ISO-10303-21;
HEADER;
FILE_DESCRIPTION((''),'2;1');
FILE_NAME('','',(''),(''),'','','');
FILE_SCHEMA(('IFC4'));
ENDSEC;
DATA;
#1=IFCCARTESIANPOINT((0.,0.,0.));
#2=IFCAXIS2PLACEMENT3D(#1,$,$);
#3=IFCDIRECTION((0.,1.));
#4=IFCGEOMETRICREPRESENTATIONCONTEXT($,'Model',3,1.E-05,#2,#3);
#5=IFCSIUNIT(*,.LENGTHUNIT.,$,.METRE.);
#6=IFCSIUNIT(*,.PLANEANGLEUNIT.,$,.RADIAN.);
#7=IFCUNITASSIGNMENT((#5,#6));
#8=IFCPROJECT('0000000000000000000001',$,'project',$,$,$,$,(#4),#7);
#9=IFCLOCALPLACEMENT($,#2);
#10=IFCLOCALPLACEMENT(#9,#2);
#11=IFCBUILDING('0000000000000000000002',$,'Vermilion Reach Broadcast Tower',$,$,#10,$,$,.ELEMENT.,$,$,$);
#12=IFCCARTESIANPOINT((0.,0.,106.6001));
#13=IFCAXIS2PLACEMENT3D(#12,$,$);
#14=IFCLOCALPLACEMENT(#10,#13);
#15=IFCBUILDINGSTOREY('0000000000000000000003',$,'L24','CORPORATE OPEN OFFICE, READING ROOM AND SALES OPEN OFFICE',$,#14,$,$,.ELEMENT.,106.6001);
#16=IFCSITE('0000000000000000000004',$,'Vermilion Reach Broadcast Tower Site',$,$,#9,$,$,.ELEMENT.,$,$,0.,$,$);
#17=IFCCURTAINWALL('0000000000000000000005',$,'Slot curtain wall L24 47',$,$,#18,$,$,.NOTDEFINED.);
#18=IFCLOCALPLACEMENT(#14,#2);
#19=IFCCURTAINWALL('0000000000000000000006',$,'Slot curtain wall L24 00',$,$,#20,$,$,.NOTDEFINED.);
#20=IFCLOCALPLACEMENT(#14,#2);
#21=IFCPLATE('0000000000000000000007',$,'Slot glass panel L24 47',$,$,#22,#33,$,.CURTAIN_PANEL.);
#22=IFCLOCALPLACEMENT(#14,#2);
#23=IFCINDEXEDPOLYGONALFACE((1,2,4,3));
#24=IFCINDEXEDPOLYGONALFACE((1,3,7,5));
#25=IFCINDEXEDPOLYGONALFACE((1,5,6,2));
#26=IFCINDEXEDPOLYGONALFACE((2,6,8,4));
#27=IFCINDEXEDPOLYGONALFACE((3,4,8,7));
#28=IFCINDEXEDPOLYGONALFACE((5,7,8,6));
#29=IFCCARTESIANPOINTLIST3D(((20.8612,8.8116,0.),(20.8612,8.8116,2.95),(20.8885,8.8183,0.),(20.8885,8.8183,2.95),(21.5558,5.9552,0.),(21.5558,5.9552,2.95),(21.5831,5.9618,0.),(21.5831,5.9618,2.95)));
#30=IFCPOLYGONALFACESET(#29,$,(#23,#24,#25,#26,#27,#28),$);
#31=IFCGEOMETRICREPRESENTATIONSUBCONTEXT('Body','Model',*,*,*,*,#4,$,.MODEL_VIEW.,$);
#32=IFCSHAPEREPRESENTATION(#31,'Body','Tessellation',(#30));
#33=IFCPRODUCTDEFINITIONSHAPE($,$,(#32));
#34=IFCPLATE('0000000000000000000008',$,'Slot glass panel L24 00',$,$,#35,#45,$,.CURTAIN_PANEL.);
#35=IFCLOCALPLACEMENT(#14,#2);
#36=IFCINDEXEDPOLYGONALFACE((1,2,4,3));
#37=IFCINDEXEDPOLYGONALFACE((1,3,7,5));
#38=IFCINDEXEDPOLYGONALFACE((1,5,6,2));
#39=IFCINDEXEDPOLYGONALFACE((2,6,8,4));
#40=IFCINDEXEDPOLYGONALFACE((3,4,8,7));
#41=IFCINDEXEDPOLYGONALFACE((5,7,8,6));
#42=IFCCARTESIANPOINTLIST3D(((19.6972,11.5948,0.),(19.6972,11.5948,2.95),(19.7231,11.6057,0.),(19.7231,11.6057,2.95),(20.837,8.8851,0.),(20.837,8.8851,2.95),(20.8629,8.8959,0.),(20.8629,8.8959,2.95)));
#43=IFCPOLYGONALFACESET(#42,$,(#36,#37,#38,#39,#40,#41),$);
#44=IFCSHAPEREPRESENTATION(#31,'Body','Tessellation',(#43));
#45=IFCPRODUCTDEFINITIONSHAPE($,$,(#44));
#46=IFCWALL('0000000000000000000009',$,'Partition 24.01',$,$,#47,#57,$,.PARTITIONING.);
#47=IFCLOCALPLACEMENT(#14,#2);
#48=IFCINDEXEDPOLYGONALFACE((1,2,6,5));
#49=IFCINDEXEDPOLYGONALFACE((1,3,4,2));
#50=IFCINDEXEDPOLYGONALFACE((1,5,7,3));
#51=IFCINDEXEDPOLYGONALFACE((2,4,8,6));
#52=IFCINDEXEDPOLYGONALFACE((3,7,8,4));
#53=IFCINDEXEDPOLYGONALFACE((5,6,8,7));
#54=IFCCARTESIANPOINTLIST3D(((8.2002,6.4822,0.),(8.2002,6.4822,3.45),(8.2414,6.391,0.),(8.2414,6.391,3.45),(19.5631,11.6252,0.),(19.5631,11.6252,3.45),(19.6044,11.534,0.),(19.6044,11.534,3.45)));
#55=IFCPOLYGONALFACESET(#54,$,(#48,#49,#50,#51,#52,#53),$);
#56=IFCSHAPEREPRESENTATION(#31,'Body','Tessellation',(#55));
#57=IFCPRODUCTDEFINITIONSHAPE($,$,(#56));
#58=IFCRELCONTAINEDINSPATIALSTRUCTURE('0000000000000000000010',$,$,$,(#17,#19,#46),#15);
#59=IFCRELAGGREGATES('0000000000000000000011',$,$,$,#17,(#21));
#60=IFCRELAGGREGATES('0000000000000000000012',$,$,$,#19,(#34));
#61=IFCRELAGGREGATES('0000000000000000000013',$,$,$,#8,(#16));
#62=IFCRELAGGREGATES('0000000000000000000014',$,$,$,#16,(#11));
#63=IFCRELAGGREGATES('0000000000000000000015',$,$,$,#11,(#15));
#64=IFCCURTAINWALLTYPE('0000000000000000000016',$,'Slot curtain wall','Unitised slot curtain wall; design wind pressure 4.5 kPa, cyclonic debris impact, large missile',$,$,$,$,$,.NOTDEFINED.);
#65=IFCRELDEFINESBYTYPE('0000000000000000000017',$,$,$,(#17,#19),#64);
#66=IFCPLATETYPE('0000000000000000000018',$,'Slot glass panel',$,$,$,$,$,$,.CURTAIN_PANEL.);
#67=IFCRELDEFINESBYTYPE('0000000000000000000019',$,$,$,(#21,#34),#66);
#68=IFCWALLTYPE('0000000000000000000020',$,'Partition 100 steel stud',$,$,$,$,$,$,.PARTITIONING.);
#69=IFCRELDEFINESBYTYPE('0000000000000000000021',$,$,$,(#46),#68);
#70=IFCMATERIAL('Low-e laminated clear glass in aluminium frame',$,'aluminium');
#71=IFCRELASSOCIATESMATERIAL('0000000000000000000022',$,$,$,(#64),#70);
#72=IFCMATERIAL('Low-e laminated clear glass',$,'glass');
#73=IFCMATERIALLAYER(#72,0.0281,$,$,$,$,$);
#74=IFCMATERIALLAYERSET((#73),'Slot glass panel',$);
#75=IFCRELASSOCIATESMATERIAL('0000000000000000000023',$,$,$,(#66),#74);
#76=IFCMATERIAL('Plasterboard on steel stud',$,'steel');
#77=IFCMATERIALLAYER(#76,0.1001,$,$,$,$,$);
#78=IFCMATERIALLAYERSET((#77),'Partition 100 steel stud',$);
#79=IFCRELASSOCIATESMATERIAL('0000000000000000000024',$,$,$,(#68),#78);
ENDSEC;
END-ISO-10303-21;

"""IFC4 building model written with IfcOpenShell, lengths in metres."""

from ifc_helpers import new_model, si_unit, direction, frame, frame_2d, origin, origin_2d, place, context, subcontext, project, spatial, rectangle, extrude, material, layer, layer_set, type_object, element, aggregate, save


model = new_model("IFC4")

# Units and contexts
model_context = context("Model", 3, precision=1e-05, world=origin(), true_north=direction((0.0, 1.0)))
body_context = subcontext(model_context, "Body", "Model", "MODEL_VIEW")
ifc_project = project(units=[si_unit("LENGTHUNIT", "METRE"), si_unit("PLANEANGLEUNIT", "RADIAN")], contexts=[model_context])

# Site, building, storey
site_placement = place(None, origin())
site = spatial("IfcSite", under=ifc_project, at=site_placement, Name="Vermilion Reach Broadcast Tower Site", CompositionType="ELEMENT", RefElevation=0.0)
building_placement = place(site_placement, origin())
building = spatial("IfcBuilding", under=site, at=building_placement, Name="Vermilion Reach Broadcast Tower", CompositionType="ELEMENT")
storey_placement = place(building_placement, frame((0.0, 0.0, 106.6001)))
storey = spatial("IfcBuildingStorey", under=building, at=storey_placement, Name="L24", Description="CORPORATE OPEN OFFICE, READING ROOM AND SALES OPEN OFFICE", CompositionType="ELEMENT", Elevation=106.6001)

# Curtain walls
ifc_material_1 = material(Name="Low-e laminated clear glass in aluminium frame", Category="aluminium")
curtain_wall_type = type_object("IfcCurtainWallType", Name="Slot curtain wall", Description="Unitised slot curtain wall; design wind pressure 4.5 kPa, cyclonic debris impact, large missile", PredefinedType="NOTDEFINED", material=ifc_material_1)
placement = place(storey_placement, origin())
curtain_wall_1 = element("IfcCurtainWall", 1, at=placement, inside=storey, type_object=curtain_wall_type, Name="Slot curtain wall L24 47", PredefinedType="NOTDEFINED")
curtain_wall_2 = element("IfcCurtainWall", 2, at=placement, inside=storey, type_object=curtain_wall_type, Name="Slot curtain wall L24 00", PredefinedType="NOTDEFINED")

# Plates
ifc_material_2 = material(Name="Low-e laminated clear glass", Category="glass")
ifc_layer_1 = layer(ifc_material_2, 0.0281)
ifc_layer_set_1 = layer_set([ifc_layer_1], Name="Slot glass panel")
plate_type = type_object("IfcPlateType", Name="Slot glass panel", PredefinedType="CURTAIN_PANEL", material=ifc_layer_set_1)
plate_1_placement = place(storey_placement, frame((21.2222, 7.3867, 0.0), z_axis=(0.0, 0.0, 1.0), x_axis=(-0.236275, 0.971686, 0.0)))
plate_1 = element("IfcPlate", 3, at=plate_1_placement, type_object=plate_type, Name="Slot glass panel L24 47", PredefinedType="CURTAIN_PANEL", context=body_context, shape_type="SweptSolid", body=[
    extrude(rectangle(XDim=2.9397, YDim=0.0281, at=origin_2d()), origin(), (0.0, 0.0, 1.0), 2.95),
])
aggregate(curtain_wall_1, [plate_1])
plate_2_placement = place(storey_placement, frame((20.28, 10.2454, 0.0), z_axis=(0.0, 0.0, 1.0), x_axis=(-0.387728, 0.921774, 0.0)))
plate_2 = element("IfcPlate", 4, at=plate_2_placement, type_object=plate_type, Name="Slot glass panel L24 00", PredefinedType="CURTAIN_PANEL", context=body_context, shape_type="SweptSolid", body=[
    extrude(rectangle(XDim=2.9397, YDim=0.0281, at=origin_2d()), origin(), (0.0, 0.0, 1.0), 2.95),
])
aggregate(curtain_wall_2, [plate_2])

# Wall
ifc_material_3 = material(Name="Plasterboard on steel stud", Category="steel")
ifc_layer_2 = layer(ifc_material_3, 0.1001)
ifc_layer_set_2 = layer_set([ifc_layer_2], Name="Partition 100 steel stud")
wall_type = type_object("IfcWallType", Name="Partition 100 steel stud", PredefinedType="PARTITIONING", material=ifc_layer_set_2)
wall_placement = place(storey_placement, frame((19.5837, 11.5796, 0.0), z_axis=(0.0, 0.0, 1.0), x_axis=(-0.911028, -0.412344, 0.0)))
element("IfcWall", 5, at=wall_placement, inside=storey, type_object=wall_type, Name="Partition 24.01", PredefinedType="PARTITIONING", context=body_context, shape_type="SweptSolid", body=[
    extrude(rectangle(XDim=12.4727, YDim=0.1001, at=frame_2d((6.2363, 0.0))), origin(), (0.0, 0.0, 1.0), 3.45),
])

save(model, "model.ifc")
